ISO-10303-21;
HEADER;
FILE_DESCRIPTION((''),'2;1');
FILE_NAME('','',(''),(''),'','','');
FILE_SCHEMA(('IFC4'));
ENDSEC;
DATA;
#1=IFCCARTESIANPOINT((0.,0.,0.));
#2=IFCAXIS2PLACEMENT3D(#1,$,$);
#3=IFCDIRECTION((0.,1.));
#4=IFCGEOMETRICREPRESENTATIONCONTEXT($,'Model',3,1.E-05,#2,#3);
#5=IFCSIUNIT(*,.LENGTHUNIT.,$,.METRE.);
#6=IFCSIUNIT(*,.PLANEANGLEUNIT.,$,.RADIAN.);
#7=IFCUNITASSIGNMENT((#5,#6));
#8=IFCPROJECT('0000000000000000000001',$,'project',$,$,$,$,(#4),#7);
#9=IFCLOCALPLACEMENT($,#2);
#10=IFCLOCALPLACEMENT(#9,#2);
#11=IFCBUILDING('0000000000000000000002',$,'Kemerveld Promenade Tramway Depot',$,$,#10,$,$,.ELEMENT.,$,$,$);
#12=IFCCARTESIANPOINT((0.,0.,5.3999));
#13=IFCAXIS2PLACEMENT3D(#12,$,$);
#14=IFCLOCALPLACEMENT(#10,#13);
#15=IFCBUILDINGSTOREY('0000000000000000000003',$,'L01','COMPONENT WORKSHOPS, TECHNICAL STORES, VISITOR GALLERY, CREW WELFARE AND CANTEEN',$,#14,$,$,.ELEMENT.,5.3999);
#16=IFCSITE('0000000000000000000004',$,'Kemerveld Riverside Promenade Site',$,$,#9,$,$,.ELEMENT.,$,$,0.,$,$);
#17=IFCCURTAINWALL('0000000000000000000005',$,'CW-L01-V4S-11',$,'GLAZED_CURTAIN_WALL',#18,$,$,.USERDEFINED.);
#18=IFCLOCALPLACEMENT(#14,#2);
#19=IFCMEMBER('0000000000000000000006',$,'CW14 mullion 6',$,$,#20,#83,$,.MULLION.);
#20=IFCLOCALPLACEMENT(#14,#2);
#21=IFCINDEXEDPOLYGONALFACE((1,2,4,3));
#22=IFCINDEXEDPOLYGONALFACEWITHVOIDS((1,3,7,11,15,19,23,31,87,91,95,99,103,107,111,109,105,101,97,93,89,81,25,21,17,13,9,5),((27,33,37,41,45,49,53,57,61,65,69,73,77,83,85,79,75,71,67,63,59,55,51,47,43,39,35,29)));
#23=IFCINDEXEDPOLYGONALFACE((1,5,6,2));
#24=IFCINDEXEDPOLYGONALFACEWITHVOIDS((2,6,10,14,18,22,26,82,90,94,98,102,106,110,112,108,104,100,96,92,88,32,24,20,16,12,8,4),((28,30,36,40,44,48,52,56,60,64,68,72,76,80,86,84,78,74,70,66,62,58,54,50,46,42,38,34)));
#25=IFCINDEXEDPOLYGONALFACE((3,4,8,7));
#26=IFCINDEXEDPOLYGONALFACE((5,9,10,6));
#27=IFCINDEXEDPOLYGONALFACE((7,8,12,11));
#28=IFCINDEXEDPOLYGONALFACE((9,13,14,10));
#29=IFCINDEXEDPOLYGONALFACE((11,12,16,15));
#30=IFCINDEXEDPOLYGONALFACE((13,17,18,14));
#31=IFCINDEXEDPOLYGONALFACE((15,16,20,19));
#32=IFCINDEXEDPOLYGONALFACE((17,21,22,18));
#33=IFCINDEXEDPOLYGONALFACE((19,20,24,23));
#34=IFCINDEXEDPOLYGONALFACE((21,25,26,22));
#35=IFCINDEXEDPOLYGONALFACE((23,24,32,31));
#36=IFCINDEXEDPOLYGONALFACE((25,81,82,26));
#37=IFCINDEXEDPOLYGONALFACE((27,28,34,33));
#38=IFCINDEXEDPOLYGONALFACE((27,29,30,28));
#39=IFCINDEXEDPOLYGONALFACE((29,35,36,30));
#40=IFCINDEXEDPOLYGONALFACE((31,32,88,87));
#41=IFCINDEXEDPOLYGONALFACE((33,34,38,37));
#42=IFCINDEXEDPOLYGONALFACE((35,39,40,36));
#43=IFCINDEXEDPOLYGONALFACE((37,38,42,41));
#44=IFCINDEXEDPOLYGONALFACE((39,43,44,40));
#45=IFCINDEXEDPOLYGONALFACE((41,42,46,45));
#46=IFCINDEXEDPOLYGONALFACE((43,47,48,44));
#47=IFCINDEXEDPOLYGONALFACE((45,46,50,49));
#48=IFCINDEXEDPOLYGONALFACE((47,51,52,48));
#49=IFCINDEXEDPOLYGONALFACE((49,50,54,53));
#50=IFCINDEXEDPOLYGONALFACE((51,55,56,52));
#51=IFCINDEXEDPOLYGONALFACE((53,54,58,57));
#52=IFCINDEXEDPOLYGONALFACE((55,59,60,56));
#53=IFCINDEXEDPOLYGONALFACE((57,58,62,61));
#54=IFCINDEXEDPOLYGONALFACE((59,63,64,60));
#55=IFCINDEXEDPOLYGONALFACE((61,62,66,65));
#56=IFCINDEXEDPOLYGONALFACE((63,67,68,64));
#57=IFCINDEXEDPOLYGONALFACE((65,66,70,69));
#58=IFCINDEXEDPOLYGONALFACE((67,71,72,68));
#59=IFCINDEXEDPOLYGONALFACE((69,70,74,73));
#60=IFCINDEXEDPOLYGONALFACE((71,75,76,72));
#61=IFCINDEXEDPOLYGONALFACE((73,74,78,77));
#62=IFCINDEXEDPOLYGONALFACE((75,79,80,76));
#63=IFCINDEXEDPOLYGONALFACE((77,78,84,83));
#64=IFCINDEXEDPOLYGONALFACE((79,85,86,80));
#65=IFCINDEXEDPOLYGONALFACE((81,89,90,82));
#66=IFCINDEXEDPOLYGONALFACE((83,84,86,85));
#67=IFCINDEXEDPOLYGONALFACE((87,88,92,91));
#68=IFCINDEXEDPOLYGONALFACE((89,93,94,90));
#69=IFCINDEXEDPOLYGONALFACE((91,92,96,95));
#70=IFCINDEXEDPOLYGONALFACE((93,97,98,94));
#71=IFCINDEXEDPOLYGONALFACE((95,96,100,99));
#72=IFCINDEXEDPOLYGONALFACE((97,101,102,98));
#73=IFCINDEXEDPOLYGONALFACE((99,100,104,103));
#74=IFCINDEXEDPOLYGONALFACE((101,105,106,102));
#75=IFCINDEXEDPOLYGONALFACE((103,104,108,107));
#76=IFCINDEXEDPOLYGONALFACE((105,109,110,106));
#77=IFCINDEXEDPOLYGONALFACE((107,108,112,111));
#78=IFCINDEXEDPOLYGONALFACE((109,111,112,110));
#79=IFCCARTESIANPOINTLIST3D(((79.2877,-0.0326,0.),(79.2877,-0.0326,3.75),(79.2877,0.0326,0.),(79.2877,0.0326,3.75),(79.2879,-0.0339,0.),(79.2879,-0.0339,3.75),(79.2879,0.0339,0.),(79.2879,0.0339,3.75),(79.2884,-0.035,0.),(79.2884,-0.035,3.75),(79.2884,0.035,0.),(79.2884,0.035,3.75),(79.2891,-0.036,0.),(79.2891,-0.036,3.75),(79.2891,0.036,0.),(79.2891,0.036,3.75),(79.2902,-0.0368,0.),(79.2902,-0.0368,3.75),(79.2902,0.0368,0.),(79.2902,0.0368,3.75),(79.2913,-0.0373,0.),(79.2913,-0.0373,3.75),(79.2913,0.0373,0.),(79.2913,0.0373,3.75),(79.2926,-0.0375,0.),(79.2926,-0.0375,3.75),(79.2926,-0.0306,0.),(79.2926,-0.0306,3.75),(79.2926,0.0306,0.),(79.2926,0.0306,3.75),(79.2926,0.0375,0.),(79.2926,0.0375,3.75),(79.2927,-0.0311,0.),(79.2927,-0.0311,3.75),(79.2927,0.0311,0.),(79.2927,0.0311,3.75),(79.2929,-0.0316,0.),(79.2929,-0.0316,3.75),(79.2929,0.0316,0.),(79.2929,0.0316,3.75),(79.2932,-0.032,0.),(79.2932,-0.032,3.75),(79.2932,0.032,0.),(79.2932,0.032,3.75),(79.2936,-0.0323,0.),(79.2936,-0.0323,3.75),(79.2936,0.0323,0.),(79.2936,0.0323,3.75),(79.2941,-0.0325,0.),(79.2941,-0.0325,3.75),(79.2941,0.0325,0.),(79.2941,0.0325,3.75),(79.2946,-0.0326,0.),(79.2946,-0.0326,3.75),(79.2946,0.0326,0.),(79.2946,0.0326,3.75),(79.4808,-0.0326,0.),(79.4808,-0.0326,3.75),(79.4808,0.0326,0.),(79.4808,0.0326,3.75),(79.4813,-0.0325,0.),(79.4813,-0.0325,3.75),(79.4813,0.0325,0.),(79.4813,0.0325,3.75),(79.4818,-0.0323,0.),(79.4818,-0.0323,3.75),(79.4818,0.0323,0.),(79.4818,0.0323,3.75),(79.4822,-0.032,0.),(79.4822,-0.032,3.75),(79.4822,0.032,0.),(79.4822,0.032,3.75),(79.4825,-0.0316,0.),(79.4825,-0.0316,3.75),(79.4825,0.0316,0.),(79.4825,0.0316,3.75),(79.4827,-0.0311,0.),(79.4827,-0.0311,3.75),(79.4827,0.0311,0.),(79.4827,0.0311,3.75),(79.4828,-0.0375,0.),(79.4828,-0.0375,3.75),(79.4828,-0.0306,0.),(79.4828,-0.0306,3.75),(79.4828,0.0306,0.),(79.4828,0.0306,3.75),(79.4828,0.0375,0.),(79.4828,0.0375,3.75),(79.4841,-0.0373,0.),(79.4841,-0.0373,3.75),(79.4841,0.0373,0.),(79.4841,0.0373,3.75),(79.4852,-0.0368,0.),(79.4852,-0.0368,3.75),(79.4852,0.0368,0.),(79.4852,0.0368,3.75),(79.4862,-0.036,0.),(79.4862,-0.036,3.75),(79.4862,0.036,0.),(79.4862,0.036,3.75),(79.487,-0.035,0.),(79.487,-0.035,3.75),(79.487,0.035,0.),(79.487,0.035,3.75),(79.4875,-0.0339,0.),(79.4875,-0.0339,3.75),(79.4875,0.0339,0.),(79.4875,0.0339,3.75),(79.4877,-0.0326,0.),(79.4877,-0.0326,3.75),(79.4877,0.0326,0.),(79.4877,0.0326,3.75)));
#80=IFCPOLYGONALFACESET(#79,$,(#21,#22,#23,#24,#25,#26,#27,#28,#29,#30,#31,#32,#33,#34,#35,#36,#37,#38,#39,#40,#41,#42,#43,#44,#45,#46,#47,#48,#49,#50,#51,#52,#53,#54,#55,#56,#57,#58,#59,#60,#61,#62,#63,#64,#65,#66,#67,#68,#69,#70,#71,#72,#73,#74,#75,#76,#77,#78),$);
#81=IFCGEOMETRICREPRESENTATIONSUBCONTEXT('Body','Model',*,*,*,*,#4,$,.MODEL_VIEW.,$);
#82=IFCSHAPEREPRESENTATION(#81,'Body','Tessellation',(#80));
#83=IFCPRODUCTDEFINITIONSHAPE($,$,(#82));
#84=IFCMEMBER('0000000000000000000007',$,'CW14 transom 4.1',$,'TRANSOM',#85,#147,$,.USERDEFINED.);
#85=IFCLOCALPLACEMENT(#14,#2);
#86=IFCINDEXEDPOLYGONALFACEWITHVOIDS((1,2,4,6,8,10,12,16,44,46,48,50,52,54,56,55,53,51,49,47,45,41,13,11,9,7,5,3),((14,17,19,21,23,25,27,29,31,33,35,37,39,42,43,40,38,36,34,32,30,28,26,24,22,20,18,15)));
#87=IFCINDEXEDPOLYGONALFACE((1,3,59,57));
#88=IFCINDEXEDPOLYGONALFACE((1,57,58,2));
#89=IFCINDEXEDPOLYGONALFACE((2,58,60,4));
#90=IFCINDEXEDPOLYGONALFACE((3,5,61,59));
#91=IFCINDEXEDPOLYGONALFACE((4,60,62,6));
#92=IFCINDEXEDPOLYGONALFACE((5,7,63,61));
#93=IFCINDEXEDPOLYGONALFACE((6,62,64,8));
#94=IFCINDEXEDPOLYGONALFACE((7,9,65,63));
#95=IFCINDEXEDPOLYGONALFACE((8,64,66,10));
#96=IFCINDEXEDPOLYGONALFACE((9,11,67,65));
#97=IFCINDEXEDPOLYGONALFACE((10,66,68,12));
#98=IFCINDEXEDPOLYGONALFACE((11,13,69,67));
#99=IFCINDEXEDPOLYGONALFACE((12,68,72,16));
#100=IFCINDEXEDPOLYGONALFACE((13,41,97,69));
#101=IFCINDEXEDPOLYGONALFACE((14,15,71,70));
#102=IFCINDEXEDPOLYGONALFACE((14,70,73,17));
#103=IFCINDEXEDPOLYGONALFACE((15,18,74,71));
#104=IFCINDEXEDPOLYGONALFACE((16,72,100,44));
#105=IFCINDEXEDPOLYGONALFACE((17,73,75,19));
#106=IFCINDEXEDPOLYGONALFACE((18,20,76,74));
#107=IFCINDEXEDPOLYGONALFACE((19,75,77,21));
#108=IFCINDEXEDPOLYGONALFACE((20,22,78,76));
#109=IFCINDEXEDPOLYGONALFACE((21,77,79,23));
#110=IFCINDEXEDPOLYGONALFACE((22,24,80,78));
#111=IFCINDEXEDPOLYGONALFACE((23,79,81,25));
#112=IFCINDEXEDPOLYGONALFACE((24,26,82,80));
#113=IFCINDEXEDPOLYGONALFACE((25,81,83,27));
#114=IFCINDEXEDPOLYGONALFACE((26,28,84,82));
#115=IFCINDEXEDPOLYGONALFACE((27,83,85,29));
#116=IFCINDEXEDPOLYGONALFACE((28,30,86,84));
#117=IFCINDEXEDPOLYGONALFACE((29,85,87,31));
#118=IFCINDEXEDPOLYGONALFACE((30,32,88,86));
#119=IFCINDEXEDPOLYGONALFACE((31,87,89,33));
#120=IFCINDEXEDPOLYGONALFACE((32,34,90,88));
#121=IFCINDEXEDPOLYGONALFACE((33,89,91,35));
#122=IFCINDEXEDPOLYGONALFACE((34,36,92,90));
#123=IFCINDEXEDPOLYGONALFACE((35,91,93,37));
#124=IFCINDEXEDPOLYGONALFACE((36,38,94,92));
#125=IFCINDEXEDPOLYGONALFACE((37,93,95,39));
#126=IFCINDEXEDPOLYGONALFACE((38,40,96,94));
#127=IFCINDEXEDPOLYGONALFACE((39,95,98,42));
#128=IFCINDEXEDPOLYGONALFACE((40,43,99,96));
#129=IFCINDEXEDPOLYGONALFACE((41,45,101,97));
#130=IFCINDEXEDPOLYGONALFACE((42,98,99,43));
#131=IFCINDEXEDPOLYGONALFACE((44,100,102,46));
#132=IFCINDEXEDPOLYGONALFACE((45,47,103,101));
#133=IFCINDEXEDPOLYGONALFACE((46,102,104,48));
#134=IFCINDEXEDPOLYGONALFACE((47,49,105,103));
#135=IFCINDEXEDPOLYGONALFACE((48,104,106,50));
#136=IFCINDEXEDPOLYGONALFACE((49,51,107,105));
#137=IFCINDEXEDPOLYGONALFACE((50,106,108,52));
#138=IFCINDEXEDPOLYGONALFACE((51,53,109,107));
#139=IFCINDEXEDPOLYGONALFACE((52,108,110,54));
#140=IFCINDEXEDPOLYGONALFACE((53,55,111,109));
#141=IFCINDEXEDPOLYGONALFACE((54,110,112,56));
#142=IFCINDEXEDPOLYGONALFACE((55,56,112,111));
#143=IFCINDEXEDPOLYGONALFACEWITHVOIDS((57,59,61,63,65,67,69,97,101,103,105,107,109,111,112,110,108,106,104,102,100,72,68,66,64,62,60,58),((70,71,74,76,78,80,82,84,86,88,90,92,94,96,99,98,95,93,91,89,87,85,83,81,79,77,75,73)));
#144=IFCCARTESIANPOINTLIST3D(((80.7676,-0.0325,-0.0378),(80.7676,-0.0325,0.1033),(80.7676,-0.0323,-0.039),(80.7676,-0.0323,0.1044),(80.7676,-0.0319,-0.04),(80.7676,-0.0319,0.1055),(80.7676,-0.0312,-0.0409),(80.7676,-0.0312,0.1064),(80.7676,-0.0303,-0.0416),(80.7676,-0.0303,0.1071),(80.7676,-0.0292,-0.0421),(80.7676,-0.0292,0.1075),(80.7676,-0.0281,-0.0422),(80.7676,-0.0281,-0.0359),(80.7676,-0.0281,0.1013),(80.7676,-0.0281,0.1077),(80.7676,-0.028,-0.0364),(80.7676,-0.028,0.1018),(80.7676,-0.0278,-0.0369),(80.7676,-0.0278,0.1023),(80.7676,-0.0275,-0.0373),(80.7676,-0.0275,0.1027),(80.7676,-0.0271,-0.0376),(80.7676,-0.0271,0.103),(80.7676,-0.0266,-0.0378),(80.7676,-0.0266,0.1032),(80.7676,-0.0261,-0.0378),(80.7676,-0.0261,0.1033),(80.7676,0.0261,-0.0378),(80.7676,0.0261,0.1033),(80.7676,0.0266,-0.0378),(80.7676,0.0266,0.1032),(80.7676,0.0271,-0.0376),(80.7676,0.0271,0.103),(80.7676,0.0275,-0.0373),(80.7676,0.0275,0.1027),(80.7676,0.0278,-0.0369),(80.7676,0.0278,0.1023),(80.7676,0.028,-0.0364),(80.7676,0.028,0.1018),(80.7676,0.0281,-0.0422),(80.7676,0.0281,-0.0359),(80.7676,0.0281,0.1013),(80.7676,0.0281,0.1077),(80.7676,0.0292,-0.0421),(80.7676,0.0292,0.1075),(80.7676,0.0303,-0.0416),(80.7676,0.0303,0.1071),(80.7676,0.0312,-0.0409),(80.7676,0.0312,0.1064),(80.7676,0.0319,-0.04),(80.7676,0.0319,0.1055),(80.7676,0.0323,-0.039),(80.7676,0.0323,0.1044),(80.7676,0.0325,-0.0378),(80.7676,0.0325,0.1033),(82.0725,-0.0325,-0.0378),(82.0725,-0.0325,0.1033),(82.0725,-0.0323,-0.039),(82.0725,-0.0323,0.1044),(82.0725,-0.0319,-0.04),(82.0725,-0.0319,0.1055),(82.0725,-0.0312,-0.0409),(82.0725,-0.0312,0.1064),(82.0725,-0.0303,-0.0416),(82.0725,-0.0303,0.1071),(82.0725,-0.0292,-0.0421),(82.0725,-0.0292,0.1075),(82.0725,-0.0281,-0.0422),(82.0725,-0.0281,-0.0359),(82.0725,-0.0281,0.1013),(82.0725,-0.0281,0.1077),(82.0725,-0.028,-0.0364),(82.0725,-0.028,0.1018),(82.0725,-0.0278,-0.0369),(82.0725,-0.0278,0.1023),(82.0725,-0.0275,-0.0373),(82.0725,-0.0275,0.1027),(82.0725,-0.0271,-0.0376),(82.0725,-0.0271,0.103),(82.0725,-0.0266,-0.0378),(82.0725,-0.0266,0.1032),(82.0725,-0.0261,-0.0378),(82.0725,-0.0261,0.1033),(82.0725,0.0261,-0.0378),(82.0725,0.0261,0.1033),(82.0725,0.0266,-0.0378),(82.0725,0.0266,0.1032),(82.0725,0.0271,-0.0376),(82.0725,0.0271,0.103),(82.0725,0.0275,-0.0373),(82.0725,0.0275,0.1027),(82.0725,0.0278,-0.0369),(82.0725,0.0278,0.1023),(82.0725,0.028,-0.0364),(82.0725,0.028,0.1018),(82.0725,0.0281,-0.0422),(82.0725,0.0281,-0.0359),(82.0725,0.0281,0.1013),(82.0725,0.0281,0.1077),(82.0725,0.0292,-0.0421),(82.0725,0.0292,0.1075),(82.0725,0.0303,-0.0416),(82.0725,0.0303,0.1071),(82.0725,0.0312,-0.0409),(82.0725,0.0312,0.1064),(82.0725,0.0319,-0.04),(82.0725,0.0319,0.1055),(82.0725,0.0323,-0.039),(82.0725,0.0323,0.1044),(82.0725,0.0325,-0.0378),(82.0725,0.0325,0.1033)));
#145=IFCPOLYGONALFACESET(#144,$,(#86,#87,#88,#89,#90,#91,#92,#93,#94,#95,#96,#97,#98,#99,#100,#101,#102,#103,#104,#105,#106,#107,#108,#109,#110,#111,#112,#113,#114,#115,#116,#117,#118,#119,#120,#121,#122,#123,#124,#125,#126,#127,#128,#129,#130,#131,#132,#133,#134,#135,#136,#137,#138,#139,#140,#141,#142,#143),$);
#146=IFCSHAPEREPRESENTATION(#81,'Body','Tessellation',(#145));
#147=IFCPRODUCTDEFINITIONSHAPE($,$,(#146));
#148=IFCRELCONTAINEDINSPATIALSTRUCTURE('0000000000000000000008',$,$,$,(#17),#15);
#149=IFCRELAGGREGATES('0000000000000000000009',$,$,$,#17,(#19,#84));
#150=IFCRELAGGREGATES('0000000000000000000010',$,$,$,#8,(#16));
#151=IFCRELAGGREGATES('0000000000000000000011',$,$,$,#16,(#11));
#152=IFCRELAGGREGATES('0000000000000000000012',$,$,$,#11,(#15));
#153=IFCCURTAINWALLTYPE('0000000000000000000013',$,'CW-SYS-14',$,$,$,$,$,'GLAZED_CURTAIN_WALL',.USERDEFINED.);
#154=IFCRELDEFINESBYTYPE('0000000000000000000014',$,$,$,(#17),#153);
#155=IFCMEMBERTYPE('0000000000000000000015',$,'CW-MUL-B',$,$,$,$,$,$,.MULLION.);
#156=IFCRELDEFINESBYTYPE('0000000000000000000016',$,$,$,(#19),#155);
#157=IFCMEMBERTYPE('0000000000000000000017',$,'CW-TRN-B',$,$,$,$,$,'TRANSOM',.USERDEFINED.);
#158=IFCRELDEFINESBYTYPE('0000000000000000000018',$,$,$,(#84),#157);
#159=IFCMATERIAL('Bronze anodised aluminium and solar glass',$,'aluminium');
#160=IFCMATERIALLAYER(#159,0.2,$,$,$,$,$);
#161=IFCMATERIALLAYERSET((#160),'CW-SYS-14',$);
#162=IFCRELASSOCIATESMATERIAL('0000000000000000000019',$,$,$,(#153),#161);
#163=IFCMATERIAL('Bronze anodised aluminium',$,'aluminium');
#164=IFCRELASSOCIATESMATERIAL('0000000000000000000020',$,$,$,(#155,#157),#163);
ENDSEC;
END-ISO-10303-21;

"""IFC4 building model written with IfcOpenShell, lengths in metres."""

from ifc_helpers import new_model, si_unit, direction, frame, origin, origin_2d, place, context, subcontext, project, spatial, hollow_rectangle, extrude, material, layer, layer_set, material_profile, profile_set, type_object, element, aggregate, save


model = new_model("IFC4")

# Units and contexts
model_context = context("Model", 3, precision=1e-05, world=origin(), true_north=direction((0.0, 1.0)))
body_context = subcontext(model_context, "Body", "Model", "MODEL_VIEW")
ifc_project = project(units=[si_unit("LENGTHUNIT", "METRE"), si_unit("PLANEANGLEUNIT", "RADIAN")], contexts=[model_context])

# Site, building, storey
site_placement = place(None, origin())
site = spatial("IfcSite", under=ifc_project, at=site_placement, Name="Kemerveld Riverside Promenade Site", CompositionType="ELEMENT", RefElevation=0.0)
building_placement = place(site_placement, origin())
building = spatial("IfcBuilding", under=site, at=building_placement, Name="Kemerveld Promenade Tramway Depot", CompositionType="ELEMENT")
storey_placement = place(building_placement, frame((0.0, 0.0, 5.3999)))
storey = spatial("IfcBuildingStorey", under=building, at=storey_placement, Name="L01", Description="COMPONENT WORKSHOPS, TECHNICAL STORES, VISITOR GALLERY, CREW WELFARE AND CANTEEN", CompositionType="ELEMENT", Elevation=5.3999)

# Curtain wall, members
ifc_material_1 = material(Name="Bronze anodised aluminium and solar glass", Category="aluminium")
ifc_layer_1 = layer(ifc_material_1, 0.2)
ifc_layer_set_1 = layer_set([ifc_layer_1], Name="CW-SYS-14")
curtain_wall_type = type_object("IfcCurtainWallType", Name="CW-SYS-14", ElementType="GLAZED_CURTAIN_WALL", PredefinedType="USERDEFINED", material=ifc_layer_set_1)
curtain_wall_placement = place(storey_placement, origin())
curtain_wall = element("IfcCurtainWall", 1, at=curtain_wall_placement, inside=storey, type_object=curtain_wall_type, Name="CW-L01-V4S-11", ObjectType="GLAZED_CURTAIN_WALL", PredefinedType="USERDEFINED")
ifc_material_2 = material(Name="Bronze anodised aluminium", Category="aluminium")
ifc_material_profile_1 = material_profile(ifc_material_2, hollow_rectangle(XDim=0.075, YDim=0.2, WallThickness=0.0049, InnerFilletRadius=0.002, OuterFilletRadius=0.0049, at=origin_2d()), Name="CW-MUL-200x75")
ifc_profile_set_1 = profile_set([ifc_material_profile_1], Name="Bronze anodised aluminium")
member_type_1 = type_object("IfcMemberType", Name="CW-MUL-B", PredefinedType="MULLION", material=ifc_profile_set_1)
member_1_placement = place(storey_placement, frame((79.3877, 0.0, 0.0), z_axis=(0.0, 0.0, 1.0), x_axis=(0.0, -1.0, 0.0)))
member_1 = element("IfcMember", 2, at=member_1_placement, type_object=member_type_1, Name="CW14 mullion 6", PredefinedType="MULLION", context=body_context, shape_type="SweptSolid", body=[
    extrude(hollow_rectangle(XDim=0.075, YDim=0.2, WallThickness=0.0049, InnerFilletRadius=0.002, OuterFilletRadius=0.0049, at=origin_2d()), origin(), (0.0, 0.0, 1.0), 3.75),
])
ifc_material_profile_2 = material_profile(ifc_material_2, hollow_rectangle(XDim=0.0649, YDim=0.1499, WallThickness=0.0044, InnerFilletRadius=0.002, OuterFilletRadius=0.0044, at=origin_2d()), Name="CW-TRN-150x65")
ifc_profile_set_2 = profile_set([ifc_material_profile_2], Name="Bronze anodised aluminium")
member_type_2 = type_object("IfcMemberType", Name="CW-TRN-B", ElementType="TRANSOM", PredefinedType="USERDEFINED", material=ifc_profile_set_2)
member_2_placement = place(storey_placement, frame((82.0725, 0.0, 0.0327), z_axis=(-1.0, 0.0, 0.0), x_axis=(0.0, -1.0, 0.0)))
member_2 = element("IfcMember", 3, at=member_2_placement, type_object=member_type_2, Name="CW14 transom 4.1", ObjectType="TRANSOM", PredefinedType="USERDEFINED", context=body_context, shape_type="SweptSolid", body=[
    extrude(hollow_rectangle(XDim=0.0649, YDim=0.1499, WallThickness=0.0044, InnerFilletRadius=0.002, OuterFilletRadius=0.0044, at=origin_2d()), origin(), (0.0, 0.0, 1.0), 1.3049),
])
aggregate(curtain_wall, [member_1, member_2])

save(model, "model.ifc")
